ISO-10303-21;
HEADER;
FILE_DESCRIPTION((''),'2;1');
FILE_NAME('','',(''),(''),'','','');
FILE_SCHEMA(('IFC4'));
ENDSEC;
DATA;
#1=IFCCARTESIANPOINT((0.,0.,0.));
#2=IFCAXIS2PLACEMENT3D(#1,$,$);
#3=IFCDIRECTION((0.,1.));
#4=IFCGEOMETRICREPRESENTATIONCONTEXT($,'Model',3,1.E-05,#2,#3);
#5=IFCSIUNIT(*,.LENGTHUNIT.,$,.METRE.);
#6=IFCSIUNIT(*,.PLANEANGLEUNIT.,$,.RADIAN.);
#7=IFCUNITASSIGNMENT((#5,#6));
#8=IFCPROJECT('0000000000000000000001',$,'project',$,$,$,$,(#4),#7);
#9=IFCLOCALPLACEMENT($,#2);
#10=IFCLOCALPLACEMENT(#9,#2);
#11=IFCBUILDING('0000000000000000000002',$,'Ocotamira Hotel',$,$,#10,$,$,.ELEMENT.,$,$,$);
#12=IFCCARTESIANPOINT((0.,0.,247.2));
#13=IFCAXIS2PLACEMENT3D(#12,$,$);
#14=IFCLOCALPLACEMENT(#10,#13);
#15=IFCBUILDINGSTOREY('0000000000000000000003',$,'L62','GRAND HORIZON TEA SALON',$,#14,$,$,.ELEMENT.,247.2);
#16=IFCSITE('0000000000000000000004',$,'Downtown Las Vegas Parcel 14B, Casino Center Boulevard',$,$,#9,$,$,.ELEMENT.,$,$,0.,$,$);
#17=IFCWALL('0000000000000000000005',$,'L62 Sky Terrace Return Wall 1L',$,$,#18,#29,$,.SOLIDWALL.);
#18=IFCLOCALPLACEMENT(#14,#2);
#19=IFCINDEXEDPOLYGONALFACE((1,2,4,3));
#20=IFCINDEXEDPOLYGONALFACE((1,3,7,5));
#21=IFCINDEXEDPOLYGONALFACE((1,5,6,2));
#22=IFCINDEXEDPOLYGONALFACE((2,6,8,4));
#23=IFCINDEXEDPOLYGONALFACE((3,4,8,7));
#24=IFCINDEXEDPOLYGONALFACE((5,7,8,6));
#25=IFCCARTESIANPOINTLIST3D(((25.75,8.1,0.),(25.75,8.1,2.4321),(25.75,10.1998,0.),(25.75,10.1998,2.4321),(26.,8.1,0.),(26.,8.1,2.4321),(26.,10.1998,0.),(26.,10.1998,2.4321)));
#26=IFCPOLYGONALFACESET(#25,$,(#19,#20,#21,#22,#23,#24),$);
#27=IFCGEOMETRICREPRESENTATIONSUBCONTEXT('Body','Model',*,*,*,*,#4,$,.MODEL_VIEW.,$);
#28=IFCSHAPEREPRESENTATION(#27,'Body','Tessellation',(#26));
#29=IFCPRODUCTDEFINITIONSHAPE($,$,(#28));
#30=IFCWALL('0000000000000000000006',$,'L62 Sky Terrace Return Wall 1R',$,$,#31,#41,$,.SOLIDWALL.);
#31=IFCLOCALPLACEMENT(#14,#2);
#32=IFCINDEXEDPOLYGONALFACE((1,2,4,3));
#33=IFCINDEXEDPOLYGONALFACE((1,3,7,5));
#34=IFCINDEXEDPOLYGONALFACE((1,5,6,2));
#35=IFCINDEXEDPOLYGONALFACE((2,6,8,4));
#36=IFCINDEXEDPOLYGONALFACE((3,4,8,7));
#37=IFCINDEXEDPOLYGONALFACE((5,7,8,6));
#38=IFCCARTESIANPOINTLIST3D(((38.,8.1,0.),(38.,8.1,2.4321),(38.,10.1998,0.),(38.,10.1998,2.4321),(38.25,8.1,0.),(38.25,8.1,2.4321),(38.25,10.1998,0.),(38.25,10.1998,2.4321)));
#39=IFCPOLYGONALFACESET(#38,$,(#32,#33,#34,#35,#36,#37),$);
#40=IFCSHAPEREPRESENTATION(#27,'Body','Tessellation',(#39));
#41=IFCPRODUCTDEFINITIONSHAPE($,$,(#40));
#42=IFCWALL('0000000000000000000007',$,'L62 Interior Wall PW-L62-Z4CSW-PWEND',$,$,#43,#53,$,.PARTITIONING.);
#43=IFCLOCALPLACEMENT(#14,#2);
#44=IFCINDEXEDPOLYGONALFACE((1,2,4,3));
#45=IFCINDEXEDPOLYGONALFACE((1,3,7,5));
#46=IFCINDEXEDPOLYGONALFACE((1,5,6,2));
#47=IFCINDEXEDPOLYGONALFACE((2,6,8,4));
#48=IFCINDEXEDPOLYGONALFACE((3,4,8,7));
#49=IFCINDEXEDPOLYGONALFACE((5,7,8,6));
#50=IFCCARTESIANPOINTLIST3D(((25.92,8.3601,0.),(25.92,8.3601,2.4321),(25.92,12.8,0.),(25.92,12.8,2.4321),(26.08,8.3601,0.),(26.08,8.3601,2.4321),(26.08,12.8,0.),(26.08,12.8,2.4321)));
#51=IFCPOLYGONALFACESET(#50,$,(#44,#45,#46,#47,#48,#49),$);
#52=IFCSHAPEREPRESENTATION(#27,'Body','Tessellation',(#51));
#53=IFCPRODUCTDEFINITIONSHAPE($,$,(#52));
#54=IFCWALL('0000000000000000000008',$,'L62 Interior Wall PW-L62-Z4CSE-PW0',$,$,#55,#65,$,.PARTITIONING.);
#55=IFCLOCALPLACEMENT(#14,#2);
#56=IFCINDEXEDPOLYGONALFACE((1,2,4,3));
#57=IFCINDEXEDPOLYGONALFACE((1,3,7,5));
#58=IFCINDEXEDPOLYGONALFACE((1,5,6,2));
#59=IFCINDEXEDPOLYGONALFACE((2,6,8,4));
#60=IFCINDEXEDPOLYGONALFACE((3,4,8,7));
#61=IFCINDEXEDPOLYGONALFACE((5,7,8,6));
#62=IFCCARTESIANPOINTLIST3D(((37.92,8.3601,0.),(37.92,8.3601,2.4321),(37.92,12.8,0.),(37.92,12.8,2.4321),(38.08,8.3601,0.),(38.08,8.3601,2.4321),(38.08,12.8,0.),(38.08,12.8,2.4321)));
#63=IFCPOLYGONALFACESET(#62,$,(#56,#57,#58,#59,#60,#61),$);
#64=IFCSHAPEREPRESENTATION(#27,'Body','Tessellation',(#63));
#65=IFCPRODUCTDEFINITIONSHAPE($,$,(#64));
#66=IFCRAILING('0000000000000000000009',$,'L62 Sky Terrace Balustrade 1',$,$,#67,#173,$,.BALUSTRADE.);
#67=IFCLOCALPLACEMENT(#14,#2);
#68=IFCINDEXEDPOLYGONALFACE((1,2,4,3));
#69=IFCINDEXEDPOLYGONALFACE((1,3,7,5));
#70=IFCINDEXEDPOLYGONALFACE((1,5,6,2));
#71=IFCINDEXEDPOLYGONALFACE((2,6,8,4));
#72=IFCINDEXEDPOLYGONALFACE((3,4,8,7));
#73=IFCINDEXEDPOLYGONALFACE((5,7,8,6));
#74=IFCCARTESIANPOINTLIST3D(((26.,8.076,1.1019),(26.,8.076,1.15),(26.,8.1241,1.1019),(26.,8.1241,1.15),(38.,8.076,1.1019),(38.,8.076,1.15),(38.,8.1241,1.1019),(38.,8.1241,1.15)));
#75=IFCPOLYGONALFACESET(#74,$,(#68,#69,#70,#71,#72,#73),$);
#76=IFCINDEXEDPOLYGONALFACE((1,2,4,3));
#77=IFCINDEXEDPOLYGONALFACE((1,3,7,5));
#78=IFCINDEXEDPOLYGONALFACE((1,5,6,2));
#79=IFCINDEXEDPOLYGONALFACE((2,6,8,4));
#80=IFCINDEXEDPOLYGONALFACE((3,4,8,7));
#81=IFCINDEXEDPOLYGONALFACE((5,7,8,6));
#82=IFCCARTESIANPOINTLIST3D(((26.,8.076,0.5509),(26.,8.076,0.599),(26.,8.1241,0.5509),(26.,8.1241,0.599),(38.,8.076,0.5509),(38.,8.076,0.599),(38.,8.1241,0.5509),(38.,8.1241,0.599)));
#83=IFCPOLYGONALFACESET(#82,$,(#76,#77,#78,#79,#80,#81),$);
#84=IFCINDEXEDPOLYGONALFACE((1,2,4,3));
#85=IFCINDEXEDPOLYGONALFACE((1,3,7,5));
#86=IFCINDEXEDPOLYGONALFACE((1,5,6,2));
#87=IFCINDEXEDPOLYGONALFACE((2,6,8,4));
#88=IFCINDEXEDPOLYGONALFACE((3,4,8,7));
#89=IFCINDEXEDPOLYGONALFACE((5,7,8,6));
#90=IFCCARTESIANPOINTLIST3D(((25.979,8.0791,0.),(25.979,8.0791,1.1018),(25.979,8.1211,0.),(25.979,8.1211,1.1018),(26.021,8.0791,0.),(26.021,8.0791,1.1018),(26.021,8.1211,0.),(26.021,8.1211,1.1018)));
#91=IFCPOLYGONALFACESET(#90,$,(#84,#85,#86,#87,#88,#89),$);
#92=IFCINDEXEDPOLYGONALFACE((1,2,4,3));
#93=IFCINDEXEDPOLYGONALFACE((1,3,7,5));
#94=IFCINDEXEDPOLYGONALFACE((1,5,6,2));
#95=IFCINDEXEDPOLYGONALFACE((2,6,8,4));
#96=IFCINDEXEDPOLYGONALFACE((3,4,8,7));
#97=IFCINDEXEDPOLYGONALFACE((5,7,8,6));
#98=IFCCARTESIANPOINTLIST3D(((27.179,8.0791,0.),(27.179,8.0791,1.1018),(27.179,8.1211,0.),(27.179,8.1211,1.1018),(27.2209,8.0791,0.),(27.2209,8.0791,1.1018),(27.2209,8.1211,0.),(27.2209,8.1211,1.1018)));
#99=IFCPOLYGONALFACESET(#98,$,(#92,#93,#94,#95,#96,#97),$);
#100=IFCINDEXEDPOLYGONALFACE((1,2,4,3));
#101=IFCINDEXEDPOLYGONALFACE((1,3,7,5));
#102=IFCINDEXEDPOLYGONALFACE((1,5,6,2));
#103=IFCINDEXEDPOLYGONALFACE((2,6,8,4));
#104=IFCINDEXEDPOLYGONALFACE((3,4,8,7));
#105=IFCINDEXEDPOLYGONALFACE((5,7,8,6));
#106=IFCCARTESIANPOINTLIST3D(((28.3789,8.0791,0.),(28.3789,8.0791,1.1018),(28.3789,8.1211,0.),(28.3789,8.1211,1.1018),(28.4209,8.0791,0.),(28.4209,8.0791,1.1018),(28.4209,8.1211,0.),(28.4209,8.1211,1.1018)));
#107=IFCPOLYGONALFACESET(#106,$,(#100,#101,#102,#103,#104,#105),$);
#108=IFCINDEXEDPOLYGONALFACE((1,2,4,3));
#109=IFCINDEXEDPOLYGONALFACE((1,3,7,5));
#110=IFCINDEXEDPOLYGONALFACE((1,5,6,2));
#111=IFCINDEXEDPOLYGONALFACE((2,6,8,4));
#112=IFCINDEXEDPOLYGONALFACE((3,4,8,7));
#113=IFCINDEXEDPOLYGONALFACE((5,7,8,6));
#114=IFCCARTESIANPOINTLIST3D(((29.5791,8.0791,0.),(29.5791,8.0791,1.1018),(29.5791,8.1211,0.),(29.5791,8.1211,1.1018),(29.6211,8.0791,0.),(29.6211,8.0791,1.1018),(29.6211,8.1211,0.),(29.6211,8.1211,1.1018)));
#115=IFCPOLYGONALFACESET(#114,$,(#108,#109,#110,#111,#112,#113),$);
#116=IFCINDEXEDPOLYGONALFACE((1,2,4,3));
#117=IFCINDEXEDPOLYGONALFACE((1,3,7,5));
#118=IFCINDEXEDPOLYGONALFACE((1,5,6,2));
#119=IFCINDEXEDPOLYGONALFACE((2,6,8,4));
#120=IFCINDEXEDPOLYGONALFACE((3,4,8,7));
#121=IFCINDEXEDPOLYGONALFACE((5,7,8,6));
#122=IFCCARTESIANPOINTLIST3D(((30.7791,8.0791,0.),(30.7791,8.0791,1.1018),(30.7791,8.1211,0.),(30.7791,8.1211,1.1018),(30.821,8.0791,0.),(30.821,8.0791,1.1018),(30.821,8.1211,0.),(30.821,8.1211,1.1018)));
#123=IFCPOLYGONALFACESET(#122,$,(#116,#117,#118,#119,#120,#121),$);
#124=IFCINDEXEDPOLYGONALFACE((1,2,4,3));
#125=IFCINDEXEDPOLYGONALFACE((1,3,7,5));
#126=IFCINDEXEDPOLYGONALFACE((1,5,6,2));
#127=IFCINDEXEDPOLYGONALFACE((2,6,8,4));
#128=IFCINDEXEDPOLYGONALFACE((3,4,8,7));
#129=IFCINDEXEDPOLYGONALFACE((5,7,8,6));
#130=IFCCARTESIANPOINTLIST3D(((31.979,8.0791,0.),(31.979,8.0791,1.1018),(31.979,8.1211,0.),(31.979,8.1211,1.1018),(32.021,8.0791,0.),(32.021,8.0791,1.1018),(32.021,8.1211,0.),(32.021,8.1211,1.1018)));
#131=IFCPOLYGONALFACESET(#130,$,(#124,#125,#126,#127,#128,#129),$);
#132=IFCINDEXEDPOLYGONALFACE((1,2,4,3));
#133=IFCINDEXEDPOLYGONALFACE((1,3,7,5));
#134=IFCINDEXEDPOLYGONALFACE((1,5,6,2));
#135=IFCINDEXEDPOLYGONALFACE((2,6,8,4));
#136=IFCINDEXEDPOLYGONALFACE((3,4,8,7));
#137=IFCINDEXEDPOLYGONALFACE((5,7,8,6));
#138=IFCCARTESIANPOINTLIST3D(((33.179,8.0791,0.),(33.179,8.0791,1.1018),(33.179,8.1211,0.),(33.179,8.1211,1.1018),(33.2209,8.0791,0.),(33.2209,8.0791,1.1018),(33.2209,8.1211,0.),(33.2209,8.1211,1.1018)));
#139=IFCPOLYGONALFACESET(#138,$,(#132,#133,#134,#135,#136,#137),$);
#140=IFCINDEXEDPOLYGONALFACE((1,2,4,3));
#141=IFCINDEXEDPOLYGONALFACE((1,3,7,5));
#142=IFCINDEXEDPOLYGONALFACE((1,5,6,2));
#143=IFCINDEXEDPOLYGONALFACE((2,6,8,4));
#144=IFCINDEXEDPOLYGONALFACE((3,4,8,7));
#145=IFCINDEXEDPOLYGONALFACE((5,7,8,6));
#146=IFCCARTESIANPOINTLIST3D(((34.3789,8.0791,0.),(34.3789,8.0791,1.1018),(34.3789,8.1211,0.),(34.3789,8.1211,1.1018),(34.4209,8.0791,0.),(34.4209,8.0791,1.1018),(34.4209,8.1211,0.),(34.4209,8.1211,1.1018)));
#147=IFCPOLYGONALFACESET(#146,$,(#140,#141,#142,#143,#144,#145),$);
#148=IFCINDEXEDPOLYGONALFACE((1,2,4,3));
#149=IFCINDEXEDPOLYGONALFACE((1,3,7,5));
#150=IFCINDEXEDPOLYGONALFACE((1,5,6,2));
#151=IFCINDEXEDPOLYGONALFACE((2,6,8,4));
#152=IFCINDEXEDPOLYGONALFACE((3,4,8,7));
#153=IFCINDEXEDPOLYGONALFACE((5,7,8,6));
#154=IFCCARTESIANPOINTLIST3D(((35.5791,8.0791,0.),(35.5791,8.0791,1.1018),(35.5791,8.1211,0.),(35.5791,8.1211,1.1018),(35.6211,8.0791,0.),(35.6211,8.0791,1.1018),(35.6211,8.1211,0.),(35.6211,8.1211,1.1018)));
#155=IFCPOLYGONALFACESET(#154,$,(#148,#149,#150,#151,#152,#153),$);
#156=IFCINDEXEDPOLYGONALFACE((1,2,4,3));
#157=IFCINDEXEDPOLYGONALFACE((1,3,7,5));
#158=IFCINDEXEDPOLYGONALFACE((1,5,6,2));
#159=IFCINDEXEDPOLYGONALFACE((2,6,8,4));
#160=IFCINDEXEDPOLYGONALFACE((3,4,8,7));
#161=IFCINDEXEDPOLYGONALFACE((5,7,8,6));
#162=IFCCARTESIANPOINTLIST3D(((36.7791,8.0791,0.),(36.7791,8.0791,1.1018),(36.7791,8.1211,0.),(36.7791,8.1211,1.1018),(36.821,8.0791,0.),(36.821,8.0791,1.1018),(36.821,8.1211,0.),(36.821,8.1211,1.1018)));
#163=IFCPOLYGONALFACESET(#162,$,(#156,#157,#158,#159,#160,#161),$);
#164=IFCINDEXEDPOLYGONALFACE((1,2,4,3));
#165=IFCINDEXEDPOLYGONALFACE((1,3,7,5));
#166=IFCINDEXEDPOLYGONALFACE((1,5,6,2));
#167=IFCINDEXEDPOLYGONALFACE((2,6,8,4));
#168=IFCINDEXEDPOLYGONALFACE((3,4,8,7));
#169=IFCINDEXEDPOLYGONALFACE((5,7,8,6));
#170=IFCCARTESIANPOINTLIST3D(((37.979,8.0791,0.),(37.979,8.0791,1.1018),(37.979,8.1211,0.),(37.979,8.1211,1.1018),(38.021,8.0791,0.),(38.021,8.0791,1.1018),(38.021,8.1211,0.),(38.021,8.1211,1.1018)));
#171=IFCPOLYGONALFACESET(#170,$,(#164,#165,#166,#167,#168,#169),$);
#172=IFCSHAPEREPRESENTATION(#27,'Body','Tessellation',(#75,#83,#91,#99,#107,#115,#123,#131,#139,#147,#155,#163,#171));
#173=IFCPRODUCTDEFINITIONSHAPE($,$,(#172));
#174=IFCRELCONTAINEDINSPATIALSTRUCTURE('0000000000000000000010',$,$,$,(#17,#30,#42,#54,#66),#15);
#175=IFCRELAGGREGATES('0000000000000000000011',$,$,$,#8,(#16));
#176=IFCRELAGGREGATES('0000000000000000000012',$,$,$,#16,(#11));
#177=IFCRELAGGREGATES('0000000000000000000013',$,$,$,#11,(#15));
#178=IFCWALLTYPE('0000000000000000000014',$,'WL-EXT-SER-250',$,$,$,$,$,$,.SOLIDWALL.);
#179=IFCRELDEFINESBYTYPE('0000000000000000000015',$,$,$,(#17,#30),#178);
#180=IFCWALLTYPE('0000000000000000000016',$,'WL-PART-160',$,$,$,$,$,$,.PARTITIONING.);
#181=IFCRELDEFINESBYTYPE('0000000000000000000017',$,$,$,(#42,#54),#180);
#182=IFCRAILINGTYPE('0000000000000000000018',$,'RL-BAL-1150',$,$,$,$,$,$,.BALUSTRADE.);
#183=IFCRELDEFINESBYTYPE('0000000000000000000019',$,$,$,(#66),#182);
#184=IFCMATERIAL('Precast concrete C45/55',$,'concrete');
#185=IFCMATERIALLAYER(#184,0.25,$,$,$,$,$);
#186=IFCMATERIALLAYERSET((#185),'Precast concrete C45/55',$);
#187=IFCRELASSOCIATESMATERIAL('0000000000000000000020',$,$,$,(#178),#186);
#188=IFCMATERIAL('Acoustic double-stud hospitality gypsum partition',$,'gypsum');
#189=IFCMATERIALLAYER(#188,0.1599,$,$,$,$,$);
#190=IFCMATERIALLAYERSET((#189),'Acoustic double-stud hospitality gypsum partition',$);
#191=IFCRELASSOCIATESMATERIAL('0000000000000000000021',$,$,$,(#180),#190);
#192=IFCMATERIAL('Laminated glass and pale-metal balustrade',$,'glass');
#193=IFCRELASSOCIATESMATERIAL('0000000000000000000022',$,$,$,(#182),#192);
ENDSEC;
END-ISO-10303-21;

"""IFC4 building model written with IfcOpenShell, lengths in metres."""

from ifc_helpers import new_model, si_unit, direction, frame, frame_2d, origin, origin_2d, place, context, subcontext, project, spatial, rectangle, extrude, material, layer, layer_set, type_object, element, save


model = new_model("IFC4")

# Units and contexts
model_context = context("Model", 3, precision=1e-05, world=origin(), true_north=direction((0.0, 1.0)))
body_context = subcontext(model_context, "Body", "Model", "MODEL_VIEW")
ifc_project = project(units=[si_unit("LENGTHUNIT", "METRE"), si_unit("PLANEANGLEUNIT", "RADIAN")], contexts=[model_context])

# Site, building, storey
site_placement = place(None, origin())
site = spatial("IfcSite", under=ifc_project, at=site_placement, Name="Downtown Las Vegas Parcel 14B, Casino Center Boulevard", CompositionType="ELEMENT", RefElevation=0.0)
building_placement = place(site_placement, origin())
building = spatial("IfcBuilding", under=site, at=building_placement, Name="Ocotamira Hotel", CompositionType="ELEMENT")
storey_placement = place(building_placement, frame((0.0, 0.0, 247.2)))
storey = spatial("IfcBuildingStorey", under=building, at=storey_placement, Name="L62", Description="GRAND HORIZON TEA SALON", CompositionType="ELEMENT", Elevation=247.2)

# Walls
ifc_material_1 = material(Name="Precast concrete C45/55", Category="concrete")
ifc_layer_1 = layer(ifc_material_1, 0.25)
ifc_layer_set_1 = layer_set([ifc_layer_1], Name="Precast concrete C45/55")
wall_type_1 = type_object("IfcWallType", Name="WL-EXT-SER-250", PredefinedType="SOLIDWALL", material=ifc_layer_set_1)
for number, where, z_axis, x_axis, name in (
    (1, (25.875, 8.1001, 0.0), (0.0, 0.0, 1.0), (0.0, 1.0, 0.0), "L62 Sky Terrace Return Wall 1L"),
    (2, (38.125, 8.1001, 0.0), (0.0, 0.0, 1.0), (0.0, 1.0, 0.0), "L62 Sky Terrace Return Wall 1R"),
):
    element("IfcWall", number, at=place(storey_placement, frame(where, z_axis=z_axis, x_axis=x_axis)), inside=storey, type_object=wall_type_1, Name=name, PredefinedType="SOLIDWALL", context=body_context, shape_type="SweptSolid", body=[
        extrude(rectangle(XDim=2.0999, YDim=0.25, at=frame_2d((1.0498, 0.0))), origin(), (0.0, 0.0, 1.0), 2.4321),
    ])
ifc_material_2 = material(Name="Acoustic double-stud hospitality gypsum partition", Category="gypsum")
ifc_layer_2 = layer(ifc_material_2, 0.1599)
ifc_layer_set_2 = layer_set([ifc_layer_2], Name="Acoustic double-stud hospitality gypsum partition")
wall_type_2 = type_object("IfcWallType", Name="WL-PART-160", PredefinedType="PARTITIONING", material=ifc_layer_set_2)
for number, where, z_axis, x_axis, name in (
    (3, (26.0, 8.3601, 0.0), (0.0, 0.0, 1.0), (0.0, 1.0, 0.0), "L62 Interior Wall PW-L62-Z4CSW-PWEND"),
    (4, (38.0, 8.3601, 0.0), (0.0, 0.0, 1.0), (0.0, 1.0, 0.0), "L62 Interior Wall PW-L62-Z4CSE-PW0"),
):
    element("IfcWall", number, at=place(storey_placement, frame(where, z_axis=z_axis, x_axis=x_axis)), inside=storey, type_object=wall_type_2, Name=name, PredefinedType="PARTITIONING", context=body_context, shape_type="SweptSolid", body=[
        extrude(rectangle(XDim=4.4399, YDim=0.1599, at=frame_2d((2.22, 0.0))), origin(), (0.0, 0.0, 1.0), 2.4321),
    ])

# Railing
ifc_material_3 = material(Name="Laminated glass and pale-metal balustrade", Category="glass")
railing_type = type_object("IfcRailingType", Name="RL-BAL-1150", PredefinedType="BALUSTRADE", material=ifc_material_3)
railing_placement = place(storey_placement, frame((26.0, 8.1001, 0.0)))
element("IfcRailing", 5, at=railing_placement, inside=storey, type_object=railing_type, Name="L62 Sky Terrace Balustrade 1", PredefinedType="BALUSTRADE", context=body_context, shape_type="SweptSolid", body=[
    extrude(rectangle(XDim=0.0481, YDim=0.0481, at=origin_2d()), frame((0.0, 0.0, 1.126), z_axis=(1.0, 0.0, 0.0), x_axis=(0.0, 1.0, 0.0)), (0.0, 0.0, 1.0), 12.0),
    extrude(rectangle(XDim=0.0481, YDim=0.0481, at=origin_2d()), frame((0.0, 0.0, 0.575), z_axis=(1.0, 0.0, 0.0), x_axis=(0.0, 1.0, 0.0)), (0.0, 0.0, 1.0), 12.0),
    extrude(rectangle(XDim=0.042, YDim=0.042, at=origin_2d()), origin(), (0.0, 0.0, 1.0), 1.1018),
    extrude(rectangle(XDim=0.042, YDim=0.042, at=origin_2d()), frame((1.2, 0.0, 0.0)), (0.0, 0.0, 1.0), 1.1018),
    extrude(rectangle(XDim=0.042, YDim=0.042, at=origin_2d()), frame((2.3999, 0.0, 0.0)), (0.0, 0.0, 1.0), 1.1018),
    extrude(rectangle(XDim=0.042, YDim=0.042, at=origin_2d()), frame((3.6001, 0.0, 0.0)), (0.0, 0.0, 1.0), 1.1018),
    extrude(rectangle(XDim=0.042, YDim=0.042, at=origin_2d()), frame((4.8, 0.0, 0.0)), (0.0, 0.0, 1.0), 1.1018),
    extrude(rectangle(XDim=0.042, YDim=0.042, at=origin_2d()), frame((6.0, 0.0, 0.0)), (0.0, 0.0, 1.0), 1.1018),
    extrude(rectangle(XDim=0.042, YDim=0.042, at=origin_2d()), frame((7.2, 0.0, 0.0)), (0.0, 0.0, 1.0), 1.1018),
    extrude(rectangle(XDim=0.042, YDim=0.042, at=origin_2d()), frame((8.3999, 0.0, 0.0)), (0.0, 0.0, 1.0), 1.1018),
    extrude(rectangle(XDim=0.042, YDim=0.042, at=origin_2d()), frame((9.6001, 0.0, 0.0)), (0.0, 0.0, 1.0), 1.1018),
    extrude(rectangle(XDim=0.042, YDim=0.042, at=origin_2d()), frame((10.8, 0.0, 0.0)), (0.0, 0.0, 1.0), 1.1018),
    extrude(rectangle(XDim=0.042, YDim=0.042, at=origin_2d()), frame((12.0, 0.0, 0.0)), (0.0, 0.0, 1.0), 1.1018),
])

save(model, "model.ifc")
